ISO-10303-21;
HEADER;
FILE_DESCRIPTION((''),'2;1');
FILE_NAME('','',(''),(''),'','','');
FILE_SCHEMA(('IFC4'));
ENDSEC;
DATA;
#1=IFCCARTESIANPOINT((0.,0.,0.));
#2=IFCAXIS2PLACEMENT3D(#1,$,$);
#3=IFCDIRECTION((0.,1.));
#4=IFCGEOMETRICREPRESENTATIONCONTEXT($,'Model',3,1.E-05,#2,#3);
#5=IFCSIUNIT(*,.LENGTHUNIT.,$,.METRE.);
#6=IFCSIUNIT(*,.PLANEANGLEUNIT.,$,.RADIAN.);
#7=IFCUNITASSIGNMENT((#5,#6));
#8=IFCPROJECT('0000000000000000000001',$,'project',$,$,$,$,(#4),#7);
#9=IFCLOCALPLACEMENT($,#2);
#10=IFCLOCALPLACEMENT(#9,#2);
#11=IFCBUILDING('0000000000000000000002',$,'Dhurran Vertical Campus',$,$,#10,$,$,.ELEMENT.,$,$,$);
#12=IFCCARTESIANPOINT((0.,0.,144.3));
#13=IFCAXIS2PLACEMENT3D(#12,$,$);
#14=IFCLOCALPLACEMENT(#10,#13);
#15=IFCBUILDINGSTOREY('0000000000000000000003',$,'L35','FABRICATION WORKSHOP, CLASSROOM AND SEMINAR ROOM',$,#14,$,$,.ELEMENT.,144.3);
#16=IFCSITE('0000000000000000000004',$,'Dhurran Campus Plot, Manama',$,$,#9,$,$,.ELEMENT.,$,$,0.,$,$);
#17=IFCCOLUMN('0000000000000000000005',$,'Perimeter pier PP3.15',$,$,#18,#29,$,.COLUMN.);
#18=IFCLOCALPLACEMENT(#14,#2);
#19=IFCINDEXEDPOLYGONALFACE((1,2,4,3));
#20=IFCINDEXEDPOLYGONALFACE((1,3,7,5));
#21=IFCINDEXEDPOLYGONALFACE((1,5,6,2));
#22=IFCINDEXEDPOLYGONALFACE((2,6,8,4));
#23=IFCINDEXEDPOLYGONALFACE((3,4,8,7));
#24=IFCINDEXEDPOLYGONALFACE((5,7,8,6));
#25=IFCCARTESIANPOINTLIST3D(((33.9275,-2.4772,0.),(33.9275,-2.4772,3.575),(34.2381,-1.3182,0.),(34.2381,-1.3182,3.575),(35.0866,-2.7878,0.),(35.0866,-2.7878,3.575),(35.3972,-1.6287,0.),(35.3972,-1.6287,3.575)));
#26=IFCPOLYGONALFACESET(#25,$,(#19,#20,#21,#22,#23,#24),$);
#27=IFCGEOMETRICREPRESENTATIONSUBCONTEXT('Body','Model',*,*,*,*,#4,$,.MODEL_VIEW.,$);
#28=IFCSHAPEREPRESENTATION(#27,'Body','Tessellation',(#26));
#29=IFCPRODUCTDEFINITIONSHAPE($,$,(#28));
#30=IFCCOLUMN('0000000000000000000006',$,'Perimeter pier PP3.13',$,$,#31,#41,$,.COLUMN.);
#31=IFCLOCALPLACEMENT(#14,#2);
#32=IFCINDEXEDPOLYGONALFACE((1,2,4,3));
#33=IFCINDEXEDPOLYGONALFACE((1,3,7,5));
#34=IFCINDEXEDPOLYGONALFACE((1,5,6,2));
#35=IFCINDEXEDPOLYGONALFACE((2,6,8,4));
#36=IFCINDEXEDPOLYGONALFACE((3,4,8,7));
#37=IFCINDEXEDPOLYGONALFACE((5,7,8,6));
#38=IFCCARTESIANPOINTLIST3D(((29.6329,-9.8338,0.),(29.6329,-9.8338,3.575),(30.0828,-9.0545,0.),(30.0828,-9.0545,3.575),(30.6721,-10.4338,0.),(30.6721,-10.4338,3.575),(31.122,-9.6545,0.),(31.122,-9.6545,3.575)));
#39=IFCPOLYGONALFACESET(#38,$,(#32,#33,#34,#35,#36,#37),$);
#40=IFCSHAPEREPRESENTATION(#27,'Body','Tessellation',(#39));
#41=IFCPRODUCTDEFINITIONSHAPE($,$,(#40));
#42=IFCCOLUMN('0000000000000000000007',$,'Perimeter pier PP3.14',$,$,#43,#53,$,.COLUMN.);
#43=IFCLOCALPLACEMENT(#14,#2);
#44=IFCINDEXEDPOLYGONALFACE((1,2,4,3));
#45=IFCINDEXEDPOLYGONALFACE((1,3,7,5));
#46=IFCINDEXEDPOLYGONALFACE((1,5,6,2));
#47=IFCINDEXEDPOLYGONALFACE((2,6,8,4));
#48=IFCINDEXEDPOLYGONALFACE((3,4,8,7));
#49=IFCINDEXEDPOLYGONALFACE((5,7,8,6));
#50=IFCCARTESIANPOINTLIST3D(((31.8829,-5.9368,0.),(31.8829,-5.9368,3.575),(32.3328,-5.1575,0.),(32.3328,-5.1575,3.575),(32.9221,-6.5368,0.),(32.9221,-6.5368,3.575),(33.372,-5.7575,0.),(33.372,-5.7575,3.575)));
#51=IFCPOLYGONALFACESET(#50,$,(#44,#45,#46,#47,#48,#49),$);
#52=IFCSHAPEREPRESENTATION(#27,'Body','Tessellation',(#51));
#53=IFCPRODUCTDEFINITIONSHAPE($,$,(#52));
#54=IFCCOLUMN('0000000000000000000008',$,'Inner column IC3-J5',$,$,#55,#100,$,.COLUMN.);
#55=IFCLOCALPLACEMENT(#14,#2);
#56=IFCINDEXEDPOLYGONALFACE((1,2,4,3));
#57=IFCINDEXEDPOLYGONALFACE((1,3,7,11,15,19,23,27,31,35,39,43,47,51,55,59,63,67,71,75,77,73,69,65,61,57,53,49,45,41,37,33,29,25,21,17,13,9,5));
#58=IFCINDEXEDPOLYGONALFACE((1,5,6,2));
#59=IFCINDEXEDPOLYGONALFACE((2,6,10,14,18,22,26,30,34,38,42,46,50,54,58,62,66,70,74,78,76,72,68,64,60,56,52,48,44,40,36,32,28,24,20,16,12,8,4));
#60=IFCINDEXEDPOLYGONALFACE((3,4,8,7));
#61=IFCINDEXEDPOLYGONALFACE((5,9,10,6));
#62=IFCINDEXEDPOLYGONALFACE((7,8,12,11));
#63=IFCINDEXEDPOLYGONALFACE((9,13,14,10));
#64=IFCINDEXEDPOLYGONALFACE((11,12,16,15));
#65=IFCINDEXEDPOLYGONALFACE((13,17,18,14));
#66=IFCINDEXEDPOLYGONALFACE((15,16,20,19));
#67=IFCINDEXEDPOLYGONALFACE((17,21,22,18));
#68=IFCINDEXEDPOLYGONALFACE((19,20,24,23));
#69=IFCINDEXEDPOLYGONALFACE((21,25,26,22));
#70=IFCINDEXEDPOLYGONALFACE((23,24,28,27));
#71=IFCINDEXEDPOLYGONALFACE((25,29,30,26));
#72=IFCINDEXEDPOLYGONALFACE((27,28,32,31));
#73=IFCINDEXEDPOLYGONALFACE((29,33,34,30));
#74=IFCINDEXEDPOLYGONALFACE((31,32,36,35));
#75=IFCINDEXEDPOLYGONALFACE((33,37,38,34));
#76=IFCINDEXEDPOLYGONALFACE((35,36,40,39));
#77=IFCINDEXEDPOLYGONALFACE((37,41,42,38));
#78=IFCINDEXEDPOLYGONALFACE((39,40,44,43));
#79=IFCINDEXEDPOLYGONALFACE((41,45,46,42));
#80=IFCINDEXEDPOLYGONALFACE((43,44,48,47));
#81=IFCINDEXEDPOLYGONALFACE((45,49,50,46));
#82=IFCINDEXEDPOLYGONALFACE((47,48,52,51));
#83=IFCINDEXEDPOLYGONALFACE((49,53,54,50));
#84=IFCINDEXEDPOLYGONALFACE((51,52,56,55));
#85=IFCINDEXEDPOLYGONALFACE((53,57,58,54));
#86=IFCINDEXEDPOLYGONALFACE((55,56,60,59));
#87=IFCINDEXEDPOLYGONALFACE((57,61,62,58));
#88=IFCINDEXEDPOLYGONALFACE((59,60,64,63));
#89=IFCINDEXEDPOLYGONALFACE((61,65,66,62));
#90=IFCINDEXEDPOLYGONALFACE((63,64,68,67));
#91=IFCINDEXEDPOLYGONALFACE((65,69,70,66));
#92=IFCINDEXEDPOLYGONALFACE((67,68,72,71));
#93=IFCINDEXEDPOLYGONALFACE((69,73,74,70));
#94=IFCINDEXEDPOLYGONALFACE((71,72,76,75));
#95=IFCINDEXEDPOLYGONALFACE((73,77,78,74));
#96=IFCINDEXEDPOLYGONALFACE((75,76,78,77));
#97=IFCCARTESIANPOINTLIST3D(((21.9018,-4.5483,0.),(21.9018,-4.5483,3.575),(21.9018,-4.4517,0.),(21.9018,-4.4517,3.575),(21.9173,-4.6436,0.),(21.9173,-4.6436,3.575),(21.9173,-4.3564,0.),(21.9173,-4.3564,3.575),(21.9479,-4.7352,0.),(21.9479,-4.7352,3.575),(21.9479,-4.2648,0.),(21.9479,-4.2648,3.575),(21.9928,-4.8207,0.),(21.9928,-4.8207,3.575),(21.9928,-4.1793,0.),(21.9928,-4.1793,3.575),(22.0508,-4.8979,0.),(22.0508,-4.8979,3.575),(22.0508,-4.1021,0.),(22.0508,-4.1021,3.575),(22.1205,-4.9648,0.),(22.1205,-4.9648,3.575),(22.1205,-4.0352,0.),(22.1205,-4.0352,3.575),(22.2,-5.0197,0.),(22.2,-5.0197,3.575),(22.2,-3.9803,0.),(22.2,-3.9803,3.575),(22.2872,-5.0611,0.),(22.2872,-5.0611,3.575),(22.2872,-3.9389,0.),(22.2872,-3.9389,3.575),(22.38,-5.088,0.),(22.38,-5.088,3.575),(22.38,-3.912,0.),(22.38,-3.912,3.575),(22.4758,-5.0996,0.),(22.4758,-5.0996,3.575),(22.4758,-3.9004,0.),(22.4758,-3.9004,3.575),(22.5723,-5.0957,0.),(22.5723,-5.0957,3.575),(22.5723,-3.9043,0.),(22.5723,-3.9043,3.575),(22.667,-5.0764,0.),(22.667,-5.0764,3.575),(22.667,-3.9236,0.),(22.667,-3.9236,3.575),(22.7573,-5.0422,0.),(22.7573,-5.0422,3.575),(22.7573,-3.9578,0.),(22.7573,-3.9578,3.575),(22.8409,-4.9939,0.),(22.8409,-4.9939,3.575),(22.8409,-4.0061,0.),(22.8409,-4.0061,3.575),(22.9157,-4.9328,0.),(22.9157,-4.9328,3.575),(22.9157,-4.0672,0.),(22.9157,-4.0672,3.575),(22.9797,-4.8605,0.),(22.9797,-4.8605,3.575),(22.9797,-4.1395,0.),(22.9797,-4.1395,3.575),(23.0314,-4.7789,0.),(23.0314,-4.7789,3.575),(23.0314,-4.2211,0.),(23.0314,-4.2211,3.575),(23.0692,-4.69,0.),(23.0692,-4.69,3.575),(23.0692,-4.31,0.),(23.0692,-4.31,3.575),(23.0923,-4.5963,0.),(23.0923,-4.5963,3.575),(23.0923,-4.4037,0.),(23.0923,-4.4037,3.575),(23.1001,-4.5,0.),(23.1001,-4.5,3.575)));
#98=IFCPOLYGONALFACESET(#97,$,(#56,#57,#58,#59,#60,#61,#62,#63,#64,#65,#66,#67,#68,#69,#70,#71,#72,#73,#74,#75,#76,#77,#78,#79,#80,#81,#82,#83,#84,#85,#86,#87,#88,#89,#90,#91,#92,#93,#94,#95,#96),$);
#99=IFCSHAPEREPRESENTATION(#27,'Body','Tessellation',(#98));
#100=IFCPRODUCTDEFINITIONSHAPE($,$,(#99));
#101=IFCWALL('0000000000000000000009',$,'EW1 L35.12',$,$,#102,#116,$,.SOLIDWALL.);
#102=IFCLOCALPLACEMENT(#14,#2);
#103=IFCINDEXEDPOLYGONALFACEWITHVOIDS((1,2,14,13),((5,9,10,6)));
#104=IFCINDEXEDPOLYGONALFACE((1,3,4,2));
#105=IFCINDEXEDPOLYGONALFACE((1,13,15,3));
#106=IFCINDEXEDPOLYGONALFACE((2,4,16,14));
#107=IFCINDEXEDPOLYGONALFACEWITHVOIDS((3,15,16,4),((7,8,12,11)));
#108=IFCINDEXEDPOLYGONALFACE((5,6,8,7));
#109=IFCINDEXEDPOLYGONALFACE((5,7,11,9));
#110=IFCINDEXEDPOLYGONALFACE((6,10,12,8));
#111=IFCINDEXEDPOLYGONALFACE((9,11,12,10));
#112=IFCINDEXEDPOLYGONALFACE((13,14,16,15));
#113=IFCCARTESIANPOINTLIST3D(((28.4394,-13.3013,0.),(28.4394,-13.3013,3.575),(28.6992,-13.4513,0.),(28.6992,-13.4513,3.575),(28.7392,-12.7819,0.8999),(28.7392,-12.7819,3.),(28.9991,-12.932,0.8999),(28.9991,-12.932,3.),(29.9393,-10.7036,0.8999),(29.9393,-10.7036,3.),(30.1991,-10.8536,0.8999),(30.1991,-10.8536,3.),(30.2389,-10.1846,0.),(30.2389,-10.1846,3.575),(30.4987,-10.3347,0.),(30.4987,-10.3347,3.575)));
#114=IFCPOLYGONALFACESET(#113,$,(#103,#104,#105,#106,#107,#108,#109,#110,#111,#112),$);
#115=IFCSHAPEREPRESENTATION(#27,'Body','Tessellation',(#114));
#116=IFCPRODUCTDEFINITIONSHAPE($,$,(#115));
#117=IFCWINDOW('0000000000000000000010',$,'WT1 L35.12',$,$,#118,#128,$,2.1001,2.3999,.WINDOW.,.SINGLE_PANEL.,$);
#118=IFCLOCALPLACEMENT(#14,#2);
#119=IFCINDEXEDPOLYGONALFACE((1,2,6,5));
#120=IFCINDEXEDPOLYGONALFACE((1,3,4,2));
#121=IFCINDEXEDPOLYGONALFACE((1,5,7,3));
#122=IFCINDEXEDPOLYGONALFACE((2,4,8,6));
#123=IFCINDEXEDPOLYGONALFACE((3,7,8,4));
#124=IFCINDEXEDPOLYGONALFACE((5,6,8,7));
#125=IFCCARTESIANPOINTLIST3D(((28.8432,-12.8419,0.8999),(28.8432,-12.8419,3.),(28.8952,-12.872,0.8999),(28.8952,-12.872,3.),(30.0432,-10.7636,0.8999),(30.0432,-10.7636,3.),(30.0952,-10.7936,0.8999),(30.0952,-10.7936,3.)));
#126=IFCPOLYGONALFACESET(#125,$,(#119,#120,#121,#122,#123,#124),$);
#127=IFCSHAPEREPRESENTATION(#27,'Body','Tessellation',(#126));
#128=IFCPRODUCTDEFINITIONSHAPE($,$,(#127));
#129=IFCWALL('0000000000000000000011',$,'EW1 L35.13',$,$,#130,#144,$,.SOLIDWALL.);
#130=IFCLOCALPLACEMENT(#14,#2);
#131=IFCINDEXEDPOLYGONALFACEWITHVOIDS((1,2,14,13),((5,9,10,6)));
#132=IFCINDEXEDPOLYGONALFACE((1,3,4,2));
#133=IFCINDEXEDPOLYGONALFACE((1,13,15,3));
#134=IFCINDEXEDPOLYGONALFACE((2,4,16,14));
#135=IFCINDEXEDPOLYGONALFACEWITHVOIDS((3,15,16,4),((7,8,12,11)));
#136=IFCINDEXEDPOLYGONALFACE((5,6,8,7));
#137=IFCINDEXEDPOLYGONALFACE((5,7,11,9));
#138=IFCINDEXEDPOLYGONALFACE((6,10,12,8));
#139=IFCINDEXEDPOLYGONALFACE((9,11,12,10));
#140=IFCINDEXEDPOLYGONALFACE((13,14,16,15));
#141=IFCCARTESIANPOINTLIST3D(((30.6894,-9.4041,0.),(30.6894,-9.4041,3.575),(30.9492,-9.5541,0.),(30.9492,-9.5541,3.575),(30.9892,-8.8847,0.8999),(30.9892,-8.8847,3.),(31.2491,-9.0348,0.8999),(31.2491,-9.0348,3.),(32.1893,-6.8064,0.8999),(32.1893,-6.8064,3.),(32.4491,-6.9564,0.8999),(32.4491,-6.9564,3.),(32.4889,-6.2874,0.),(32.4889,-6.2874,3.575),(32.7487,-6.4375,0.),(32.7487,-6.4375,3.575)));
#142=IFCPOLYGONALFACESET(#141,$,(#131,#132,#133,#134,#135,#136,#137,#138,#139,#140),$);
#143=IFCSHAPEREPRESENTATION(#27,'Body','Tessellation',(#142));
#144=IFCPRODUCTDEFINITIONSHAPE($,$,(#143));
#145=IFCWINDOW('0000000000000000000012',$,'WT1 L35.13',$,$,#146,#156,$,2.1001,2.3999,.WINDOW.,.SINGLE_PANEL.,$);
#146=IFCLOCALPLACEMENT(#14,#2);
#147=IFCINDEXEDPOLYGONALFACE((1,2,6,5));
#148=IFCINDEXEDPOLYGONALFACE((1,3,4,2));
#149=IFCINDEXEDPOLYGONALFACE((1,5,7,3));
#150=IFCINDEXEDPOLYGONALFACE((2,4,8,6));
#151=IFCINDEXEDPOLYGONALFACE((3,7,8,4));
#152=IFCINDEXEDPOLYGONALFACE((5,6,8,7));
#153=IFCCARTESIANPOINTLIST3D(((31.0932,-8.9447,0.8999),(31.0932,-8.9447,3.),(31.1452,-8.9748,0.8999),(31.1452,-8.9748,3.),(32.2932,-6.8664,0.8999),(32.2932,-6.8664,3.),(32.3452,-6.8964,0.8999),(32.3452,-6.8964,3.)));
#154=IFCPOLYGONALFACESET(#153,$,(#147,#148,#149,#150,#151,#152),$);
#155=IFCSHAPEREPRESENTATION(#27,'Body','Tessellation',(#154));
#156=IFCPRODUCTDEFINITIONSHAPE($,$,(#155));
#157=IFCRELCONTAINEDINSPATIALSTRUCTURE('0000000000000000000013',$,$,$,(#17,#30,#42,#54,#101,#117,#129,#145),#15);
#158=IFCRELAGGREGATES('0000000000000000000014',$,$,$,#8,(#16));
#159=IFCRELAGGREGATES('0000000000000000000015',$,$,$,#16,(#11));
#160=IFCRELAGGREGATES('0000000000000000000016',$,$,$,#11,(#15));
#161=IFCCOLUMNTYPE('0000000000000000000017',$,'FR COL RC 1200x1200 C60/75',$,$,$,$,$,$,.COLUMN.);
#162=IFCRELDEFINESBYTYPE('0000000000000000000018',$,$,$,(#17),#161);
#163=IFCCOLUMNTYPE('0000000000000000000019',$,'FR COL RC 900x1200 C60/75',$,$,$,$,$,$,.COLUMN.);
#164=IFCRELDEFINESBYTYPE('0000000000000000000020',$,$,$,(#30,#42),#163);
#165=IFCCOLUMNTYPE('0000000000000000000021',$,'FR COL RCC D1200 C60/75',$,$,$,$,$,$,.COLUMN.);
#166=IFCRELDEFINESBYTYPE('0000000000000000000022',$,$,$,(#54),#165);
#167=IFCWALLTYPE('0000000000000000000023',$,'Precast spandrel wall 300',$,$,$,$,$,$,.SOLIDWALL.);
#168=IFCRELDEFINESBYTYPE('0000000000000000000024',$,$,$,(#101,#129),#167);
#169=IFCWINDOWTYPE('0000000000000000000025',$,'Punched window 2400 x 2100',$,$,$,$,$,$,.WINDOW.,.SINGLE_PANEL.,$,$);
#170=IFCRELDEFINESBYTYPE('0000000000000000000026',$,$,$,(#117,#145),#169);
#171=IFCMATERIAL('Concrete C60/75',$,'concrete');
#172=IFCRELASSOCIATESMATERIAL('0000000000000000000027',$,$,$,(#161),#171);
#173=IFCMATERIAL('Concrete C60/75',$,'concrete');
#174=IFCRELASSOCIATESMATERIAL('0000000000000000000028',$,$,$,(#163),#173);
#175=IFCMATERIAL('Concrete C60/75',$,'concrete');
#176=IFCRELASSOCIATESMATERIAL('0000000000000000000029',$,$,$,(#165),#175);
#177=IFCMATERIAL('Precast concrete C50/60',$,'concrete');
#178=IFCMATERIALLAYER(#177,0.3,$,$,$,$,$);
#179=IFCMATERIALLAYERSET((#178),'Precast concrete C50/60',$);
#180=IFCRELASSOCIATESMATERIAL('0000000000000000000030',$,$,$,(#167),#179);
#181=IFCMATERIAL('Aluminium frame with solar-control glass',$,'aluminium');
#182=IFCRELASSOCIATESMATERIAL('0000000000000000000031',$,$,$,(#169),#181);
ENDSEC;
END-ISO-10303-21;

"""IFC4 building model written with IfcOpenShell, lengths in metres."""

from ifc_helpers import new_model, si_unit, direction, frame, frame_2d, origin, origin_2d, place, context, subcontext, project, spatial, rectangle, circle, extrude, material, layer, layer_set, material_profile, profile_set, type_object, element, fill, save


model = new_model("IFC4")

# Units and contexts
model_context = context("Model", 3, precision=1e-05, world=origin(), true_north=direction((0.0, 1.0)))
body_context = subcontext(model_context, "Body", "Model", "MODEL_VIEW")
ifc_project = project(units=[si_unit("LENGTHUNIT", "METRE"), si_unit("PLANEANGLEUNIT", "RADIAN")], contexts=[model_context])

# Site, building, storey
site_placement = place(None, origin())
site = spatial("IfcSite", under=ifc_project, at=site_placement, Name="Dhurran Campus Plot, Manama", CompositionType="ELEMENT", RefElevation=0.0)
building_placement = place(site_placement, origin())
building = spatial("IfcBuilding", under=site, at=building_placement, Name="Dhurran Vertical Campus", CompositionType="ELEMENT")
storey_placement = place(building_placement, frame((0.0, 0.0, 144.3)))
storey = spatial("IfcBuildingStorey", under=building, at=storey_placement, Name="L35", Description="FABRICATION WORKSHOP, CLASSROOM AND SEMINAR ROOM", CompositionType="ELEMENT", Elevation=144.3)

# Columns
ifc_material_1 = material(Name="Concrete C60/75", Category="concrete")
ifc_material_profile_1 = material_profile(ifc_material_1, rectangle(XDim=1.2, YDim=1.2, at=origin_2d()), Name="RC 1200x1200")
ifc_profile_set_1 = profile_set([ifc_material_profile_1], Name="Concrete C60/75")
column_type_1 = type_object("IfcColumnType", Name="FR COL RC 1200x1200 C60/75", PredefinedType="COLUMN", material=ifc_profile_set_1)
column_1_placement = place(storey_placement, frame((34.6624, -2.053, 0.0), z_axis=(0.0, 0.0, 1.0), x_axis=(0.258819, 0.965926, 0.0)))
element("IfcColumn", 1, at=column_1_placement, inside=storey, type_object=column_type_1, Name="Perimeter pier PP3.15", PredefinedType="COLUMN", context=body_context, shape_type="SweptSolid", body=[
    extrude(rectangle(XDim=1.2, YDim=1.2, at=origin_2d()), origin(), (0.0, 0.0, 1.0), 3.575),
])
ifc_material_2 = material(Name="Concrete C60/75", Category="concrete")
ifc_material_profile_2 = material_profile(ifc_material_2, rectangle(XDim=0.8999, YDim=1.2, at=origin_2d()), Name="RC 900x1200")
ifc_profile_set_2 = profile_set([ifc_material_profile_2], Name="Concrete C60/75")
column_type_2 = type_object("IfcColumnType", Name="FR COL RC 900x1200 C60/75", PredefinedType="COLUMN", material=ifc_profile_set_2)
for number, where, z_axis, x_axis, name in (
    (2, (30.3774, -9.7441, 0.0), (0.0, 0.0, 1.0), (0.5, 0.866025, 0.0), "Perimeter pier PP3.13"),
    (3, (32.6274, -5.8472, 0.0), (0.0, 0.0, 1.0), (0.5, 0.866025, 0.0), "Perimeter pier PP3.14"),
):
    element("IfcColumn", number, at=place(storey_placement, frame(where, z_axis=z_axis, x_axis=x_axis)), inside=storey, type_object=column_type_2, Name=name, PredefinedType="COLUMN", context=body_context, shape_type="SweptSolid", body=[
        extrude(rectangle(XDim=0.8999, YDim=1.2, at=origin_2d()), origin(), (0.0, 0.0, 1.0), 3.575),
    ])
ifc_material_3 = material(Name="Concrete C60/75", Category="concrete")
ifc_material_profile_3 = material_profile(ifc_material_3, circle(Radius=0.6001, at=origin_2d()), Name="RCC D1200")
ifc_profile_set_3 = profile_set([ifc_material_profile_3], Name="Concrete C60/75")
column_type_3 = type_object("IfcColumnType", Name="FR COL RCC D1200 C60/75", PredefinedType="COLUMN", material=ifc_profile_set_3)
column_2_placement = place(storey_placement, frame((22.5, -4.5, 0.0), z_axis=(0.0, 0.0, 1.0), x_axis=(1.0, 0.0, 0.0)))
element("IfcColumn", 4, at=column_2_placement, inside=storey, type_object=column_type_3, Name="Inner column IC3-J5", PredefinedType="COLUMN", context=body_context, shape_type="SweptSolid", body=[
    extrude(circle(Radius=0.6001, at=origin_2d()), origin(), (0.0, 0.0, 1.0), 3.575),
])

# Walls, openings, windows
ifc_material_4 = material(Name="Precast concrete C50/60", Category="concrete")
ifc_layer_1 = layer(ifc_material_4, 0.3)
ifc_layer_set_1 = layer_set([ifc_layer_1], Name="Precast concrete C50/60")
wall_type_1 = type_object("IfcWallType", Name="Precast spandrel wall 300", PredefinedType="SOLIDWALL", material=ifc_layer_set_1)
wall_1_placement = place(storey_placement, frame((28.5693, -13.3762, 0.0), z_axis=(0.0, 0.0, 1.0), x_axis=(0.500028, 0.866009, 0.0)))
wall_1 = element("IfcWall", 5, at=wall_1_placement, inside=storey, type_object=wall_type_1, Name="EW1 L35.12", PredefinedType="SOLIDWALL", context=body_context, shape_type="SweptSolid", body=[
    extrude(rectangle(XDim=3.5989, YDim=0.3, at=frame_2d((1.7993, 0.0))), origin(), (0.0, 0.0, 1.0), 3.575),
])
opening_1_placement = place(wall_1_placement, frame((0.5996, 0.0, 0.8999)))
opening_1 = element("IfcOpeningElement", 6, at=opening_1_placement, cuts=wall_1, PredefinedType="OPENING", context=body_context, shape_type="SweptSolid", body=[
    extrude(rectangle(XDim=2.3999, YDim=2.1001, at=frame_2d((1.2, 1.05))), frame((0.0, 0.1599, 0.0), z_axis=(0.0, -1.0, 0.0), x_axis=(1.0, 0.0, 0.0)), (0.0, 0.0, 1.0), 0.3201),
])
ifc_material_5 = material(Name="Aluminium frame with solar-control glass", Category="aluminium")
window_type = type_object("IfcWindowType", Name="Punched window 2400 x 2100", PartitioningType="SINGLE_PANEL", PredefinedType="WINDOW", material=ifc_material_5)
window_1_placement = place(opening_1_placement, origin())
window_1 = element("IfcWindow", 7, at=window_1_placement, inside=storey, type_object=window_type, Name="WT1 L35.12", OverallHeight=2.1001, OverallWidth=2.3999, PartitioningType="SINGLE_PANEL", PredefinedType="WINDOW", context=body_context, shape_type="SweptSolid", body=[
    extrude(rectangle(XDim=2.3999, YDim=2.1001, at=frame_2d((1.2, 1.05))), frame((0.0, 0.03, 0.0), z_axis=(0.0, -1.0, 0.0), x_axis=(1.0, 0.0, 0.0)), (0.0, 0.0, 1.0), 0.0601),
])
fill(opening_1, window_1)
wall_2_placement = place(storey_placement, frame((30.8193, -9.479, 0.0), z_axis=(0.0, 0.0, 1.0), x_axis=(0.500028, 0.866009, 0.0)))
wall_2 = element("IfcWall", 8, at=wall_2_placement, inside=storey, type_object=wall_type_1, Name="EW1 L35.13", PredefinedType="SOLIDWALL", context=body_context, shape_type="SweptSolid", body=[
    extrude(rectangle(XDim=3.5989, YDim=0.3, at=frame_2d((1.7993, 0.0))), origin(), (0.0, 0.0, 1.0), 3.575),
])
opening_2_placement = place(wall_2_placement, frame((0.5996, 0.0, 0.8999)))
opening_2 = element("IfcOpeningElement", 9, at=opening_2_placement, cuts=wall_2, PredefinedType="OPENING", context=body_context, shape_type="SweptSolid", body=[
    extrude(rectangle(XDim=2.3999, YDim=2.1001, at=frame_2d((1.2, 1.05))), frame((0.0, 0.1599, 0.0), z_axis=(0.0, -1.0, 0.0), x_axis=(1.0, 0.0, 0.0)), (0.0, 0.0, 1.0), 0.3201),
])
window_2_placement = place(opening_2_placement, origin())
window_2 = element("IfcWindow", 10, at=window_2_placement, inside=storey, type_object=window_type, Name="WT1 L35.13", OverallHeight=2.1001, OverallWidth=2.3999, PartitioningType="SINGLE_PANEL", PredefinedType="WINDOW", context=body_context, shape_type="SweptSolid", body=[
    extrude(rectangle(XDim=2.3999, YDim=2.1001, at=frame_2d((1.2, 1.05))), frame((0.0, 0.03, 0.0), z_axis=(0.0, -1.0, 0.0), x_axis=(1.0, 0.0, 0.0)), (0.0, 0.0, 1.0), 0.0601),
])
fill(opening_2, window_2)

save(model, "model.ifc")
